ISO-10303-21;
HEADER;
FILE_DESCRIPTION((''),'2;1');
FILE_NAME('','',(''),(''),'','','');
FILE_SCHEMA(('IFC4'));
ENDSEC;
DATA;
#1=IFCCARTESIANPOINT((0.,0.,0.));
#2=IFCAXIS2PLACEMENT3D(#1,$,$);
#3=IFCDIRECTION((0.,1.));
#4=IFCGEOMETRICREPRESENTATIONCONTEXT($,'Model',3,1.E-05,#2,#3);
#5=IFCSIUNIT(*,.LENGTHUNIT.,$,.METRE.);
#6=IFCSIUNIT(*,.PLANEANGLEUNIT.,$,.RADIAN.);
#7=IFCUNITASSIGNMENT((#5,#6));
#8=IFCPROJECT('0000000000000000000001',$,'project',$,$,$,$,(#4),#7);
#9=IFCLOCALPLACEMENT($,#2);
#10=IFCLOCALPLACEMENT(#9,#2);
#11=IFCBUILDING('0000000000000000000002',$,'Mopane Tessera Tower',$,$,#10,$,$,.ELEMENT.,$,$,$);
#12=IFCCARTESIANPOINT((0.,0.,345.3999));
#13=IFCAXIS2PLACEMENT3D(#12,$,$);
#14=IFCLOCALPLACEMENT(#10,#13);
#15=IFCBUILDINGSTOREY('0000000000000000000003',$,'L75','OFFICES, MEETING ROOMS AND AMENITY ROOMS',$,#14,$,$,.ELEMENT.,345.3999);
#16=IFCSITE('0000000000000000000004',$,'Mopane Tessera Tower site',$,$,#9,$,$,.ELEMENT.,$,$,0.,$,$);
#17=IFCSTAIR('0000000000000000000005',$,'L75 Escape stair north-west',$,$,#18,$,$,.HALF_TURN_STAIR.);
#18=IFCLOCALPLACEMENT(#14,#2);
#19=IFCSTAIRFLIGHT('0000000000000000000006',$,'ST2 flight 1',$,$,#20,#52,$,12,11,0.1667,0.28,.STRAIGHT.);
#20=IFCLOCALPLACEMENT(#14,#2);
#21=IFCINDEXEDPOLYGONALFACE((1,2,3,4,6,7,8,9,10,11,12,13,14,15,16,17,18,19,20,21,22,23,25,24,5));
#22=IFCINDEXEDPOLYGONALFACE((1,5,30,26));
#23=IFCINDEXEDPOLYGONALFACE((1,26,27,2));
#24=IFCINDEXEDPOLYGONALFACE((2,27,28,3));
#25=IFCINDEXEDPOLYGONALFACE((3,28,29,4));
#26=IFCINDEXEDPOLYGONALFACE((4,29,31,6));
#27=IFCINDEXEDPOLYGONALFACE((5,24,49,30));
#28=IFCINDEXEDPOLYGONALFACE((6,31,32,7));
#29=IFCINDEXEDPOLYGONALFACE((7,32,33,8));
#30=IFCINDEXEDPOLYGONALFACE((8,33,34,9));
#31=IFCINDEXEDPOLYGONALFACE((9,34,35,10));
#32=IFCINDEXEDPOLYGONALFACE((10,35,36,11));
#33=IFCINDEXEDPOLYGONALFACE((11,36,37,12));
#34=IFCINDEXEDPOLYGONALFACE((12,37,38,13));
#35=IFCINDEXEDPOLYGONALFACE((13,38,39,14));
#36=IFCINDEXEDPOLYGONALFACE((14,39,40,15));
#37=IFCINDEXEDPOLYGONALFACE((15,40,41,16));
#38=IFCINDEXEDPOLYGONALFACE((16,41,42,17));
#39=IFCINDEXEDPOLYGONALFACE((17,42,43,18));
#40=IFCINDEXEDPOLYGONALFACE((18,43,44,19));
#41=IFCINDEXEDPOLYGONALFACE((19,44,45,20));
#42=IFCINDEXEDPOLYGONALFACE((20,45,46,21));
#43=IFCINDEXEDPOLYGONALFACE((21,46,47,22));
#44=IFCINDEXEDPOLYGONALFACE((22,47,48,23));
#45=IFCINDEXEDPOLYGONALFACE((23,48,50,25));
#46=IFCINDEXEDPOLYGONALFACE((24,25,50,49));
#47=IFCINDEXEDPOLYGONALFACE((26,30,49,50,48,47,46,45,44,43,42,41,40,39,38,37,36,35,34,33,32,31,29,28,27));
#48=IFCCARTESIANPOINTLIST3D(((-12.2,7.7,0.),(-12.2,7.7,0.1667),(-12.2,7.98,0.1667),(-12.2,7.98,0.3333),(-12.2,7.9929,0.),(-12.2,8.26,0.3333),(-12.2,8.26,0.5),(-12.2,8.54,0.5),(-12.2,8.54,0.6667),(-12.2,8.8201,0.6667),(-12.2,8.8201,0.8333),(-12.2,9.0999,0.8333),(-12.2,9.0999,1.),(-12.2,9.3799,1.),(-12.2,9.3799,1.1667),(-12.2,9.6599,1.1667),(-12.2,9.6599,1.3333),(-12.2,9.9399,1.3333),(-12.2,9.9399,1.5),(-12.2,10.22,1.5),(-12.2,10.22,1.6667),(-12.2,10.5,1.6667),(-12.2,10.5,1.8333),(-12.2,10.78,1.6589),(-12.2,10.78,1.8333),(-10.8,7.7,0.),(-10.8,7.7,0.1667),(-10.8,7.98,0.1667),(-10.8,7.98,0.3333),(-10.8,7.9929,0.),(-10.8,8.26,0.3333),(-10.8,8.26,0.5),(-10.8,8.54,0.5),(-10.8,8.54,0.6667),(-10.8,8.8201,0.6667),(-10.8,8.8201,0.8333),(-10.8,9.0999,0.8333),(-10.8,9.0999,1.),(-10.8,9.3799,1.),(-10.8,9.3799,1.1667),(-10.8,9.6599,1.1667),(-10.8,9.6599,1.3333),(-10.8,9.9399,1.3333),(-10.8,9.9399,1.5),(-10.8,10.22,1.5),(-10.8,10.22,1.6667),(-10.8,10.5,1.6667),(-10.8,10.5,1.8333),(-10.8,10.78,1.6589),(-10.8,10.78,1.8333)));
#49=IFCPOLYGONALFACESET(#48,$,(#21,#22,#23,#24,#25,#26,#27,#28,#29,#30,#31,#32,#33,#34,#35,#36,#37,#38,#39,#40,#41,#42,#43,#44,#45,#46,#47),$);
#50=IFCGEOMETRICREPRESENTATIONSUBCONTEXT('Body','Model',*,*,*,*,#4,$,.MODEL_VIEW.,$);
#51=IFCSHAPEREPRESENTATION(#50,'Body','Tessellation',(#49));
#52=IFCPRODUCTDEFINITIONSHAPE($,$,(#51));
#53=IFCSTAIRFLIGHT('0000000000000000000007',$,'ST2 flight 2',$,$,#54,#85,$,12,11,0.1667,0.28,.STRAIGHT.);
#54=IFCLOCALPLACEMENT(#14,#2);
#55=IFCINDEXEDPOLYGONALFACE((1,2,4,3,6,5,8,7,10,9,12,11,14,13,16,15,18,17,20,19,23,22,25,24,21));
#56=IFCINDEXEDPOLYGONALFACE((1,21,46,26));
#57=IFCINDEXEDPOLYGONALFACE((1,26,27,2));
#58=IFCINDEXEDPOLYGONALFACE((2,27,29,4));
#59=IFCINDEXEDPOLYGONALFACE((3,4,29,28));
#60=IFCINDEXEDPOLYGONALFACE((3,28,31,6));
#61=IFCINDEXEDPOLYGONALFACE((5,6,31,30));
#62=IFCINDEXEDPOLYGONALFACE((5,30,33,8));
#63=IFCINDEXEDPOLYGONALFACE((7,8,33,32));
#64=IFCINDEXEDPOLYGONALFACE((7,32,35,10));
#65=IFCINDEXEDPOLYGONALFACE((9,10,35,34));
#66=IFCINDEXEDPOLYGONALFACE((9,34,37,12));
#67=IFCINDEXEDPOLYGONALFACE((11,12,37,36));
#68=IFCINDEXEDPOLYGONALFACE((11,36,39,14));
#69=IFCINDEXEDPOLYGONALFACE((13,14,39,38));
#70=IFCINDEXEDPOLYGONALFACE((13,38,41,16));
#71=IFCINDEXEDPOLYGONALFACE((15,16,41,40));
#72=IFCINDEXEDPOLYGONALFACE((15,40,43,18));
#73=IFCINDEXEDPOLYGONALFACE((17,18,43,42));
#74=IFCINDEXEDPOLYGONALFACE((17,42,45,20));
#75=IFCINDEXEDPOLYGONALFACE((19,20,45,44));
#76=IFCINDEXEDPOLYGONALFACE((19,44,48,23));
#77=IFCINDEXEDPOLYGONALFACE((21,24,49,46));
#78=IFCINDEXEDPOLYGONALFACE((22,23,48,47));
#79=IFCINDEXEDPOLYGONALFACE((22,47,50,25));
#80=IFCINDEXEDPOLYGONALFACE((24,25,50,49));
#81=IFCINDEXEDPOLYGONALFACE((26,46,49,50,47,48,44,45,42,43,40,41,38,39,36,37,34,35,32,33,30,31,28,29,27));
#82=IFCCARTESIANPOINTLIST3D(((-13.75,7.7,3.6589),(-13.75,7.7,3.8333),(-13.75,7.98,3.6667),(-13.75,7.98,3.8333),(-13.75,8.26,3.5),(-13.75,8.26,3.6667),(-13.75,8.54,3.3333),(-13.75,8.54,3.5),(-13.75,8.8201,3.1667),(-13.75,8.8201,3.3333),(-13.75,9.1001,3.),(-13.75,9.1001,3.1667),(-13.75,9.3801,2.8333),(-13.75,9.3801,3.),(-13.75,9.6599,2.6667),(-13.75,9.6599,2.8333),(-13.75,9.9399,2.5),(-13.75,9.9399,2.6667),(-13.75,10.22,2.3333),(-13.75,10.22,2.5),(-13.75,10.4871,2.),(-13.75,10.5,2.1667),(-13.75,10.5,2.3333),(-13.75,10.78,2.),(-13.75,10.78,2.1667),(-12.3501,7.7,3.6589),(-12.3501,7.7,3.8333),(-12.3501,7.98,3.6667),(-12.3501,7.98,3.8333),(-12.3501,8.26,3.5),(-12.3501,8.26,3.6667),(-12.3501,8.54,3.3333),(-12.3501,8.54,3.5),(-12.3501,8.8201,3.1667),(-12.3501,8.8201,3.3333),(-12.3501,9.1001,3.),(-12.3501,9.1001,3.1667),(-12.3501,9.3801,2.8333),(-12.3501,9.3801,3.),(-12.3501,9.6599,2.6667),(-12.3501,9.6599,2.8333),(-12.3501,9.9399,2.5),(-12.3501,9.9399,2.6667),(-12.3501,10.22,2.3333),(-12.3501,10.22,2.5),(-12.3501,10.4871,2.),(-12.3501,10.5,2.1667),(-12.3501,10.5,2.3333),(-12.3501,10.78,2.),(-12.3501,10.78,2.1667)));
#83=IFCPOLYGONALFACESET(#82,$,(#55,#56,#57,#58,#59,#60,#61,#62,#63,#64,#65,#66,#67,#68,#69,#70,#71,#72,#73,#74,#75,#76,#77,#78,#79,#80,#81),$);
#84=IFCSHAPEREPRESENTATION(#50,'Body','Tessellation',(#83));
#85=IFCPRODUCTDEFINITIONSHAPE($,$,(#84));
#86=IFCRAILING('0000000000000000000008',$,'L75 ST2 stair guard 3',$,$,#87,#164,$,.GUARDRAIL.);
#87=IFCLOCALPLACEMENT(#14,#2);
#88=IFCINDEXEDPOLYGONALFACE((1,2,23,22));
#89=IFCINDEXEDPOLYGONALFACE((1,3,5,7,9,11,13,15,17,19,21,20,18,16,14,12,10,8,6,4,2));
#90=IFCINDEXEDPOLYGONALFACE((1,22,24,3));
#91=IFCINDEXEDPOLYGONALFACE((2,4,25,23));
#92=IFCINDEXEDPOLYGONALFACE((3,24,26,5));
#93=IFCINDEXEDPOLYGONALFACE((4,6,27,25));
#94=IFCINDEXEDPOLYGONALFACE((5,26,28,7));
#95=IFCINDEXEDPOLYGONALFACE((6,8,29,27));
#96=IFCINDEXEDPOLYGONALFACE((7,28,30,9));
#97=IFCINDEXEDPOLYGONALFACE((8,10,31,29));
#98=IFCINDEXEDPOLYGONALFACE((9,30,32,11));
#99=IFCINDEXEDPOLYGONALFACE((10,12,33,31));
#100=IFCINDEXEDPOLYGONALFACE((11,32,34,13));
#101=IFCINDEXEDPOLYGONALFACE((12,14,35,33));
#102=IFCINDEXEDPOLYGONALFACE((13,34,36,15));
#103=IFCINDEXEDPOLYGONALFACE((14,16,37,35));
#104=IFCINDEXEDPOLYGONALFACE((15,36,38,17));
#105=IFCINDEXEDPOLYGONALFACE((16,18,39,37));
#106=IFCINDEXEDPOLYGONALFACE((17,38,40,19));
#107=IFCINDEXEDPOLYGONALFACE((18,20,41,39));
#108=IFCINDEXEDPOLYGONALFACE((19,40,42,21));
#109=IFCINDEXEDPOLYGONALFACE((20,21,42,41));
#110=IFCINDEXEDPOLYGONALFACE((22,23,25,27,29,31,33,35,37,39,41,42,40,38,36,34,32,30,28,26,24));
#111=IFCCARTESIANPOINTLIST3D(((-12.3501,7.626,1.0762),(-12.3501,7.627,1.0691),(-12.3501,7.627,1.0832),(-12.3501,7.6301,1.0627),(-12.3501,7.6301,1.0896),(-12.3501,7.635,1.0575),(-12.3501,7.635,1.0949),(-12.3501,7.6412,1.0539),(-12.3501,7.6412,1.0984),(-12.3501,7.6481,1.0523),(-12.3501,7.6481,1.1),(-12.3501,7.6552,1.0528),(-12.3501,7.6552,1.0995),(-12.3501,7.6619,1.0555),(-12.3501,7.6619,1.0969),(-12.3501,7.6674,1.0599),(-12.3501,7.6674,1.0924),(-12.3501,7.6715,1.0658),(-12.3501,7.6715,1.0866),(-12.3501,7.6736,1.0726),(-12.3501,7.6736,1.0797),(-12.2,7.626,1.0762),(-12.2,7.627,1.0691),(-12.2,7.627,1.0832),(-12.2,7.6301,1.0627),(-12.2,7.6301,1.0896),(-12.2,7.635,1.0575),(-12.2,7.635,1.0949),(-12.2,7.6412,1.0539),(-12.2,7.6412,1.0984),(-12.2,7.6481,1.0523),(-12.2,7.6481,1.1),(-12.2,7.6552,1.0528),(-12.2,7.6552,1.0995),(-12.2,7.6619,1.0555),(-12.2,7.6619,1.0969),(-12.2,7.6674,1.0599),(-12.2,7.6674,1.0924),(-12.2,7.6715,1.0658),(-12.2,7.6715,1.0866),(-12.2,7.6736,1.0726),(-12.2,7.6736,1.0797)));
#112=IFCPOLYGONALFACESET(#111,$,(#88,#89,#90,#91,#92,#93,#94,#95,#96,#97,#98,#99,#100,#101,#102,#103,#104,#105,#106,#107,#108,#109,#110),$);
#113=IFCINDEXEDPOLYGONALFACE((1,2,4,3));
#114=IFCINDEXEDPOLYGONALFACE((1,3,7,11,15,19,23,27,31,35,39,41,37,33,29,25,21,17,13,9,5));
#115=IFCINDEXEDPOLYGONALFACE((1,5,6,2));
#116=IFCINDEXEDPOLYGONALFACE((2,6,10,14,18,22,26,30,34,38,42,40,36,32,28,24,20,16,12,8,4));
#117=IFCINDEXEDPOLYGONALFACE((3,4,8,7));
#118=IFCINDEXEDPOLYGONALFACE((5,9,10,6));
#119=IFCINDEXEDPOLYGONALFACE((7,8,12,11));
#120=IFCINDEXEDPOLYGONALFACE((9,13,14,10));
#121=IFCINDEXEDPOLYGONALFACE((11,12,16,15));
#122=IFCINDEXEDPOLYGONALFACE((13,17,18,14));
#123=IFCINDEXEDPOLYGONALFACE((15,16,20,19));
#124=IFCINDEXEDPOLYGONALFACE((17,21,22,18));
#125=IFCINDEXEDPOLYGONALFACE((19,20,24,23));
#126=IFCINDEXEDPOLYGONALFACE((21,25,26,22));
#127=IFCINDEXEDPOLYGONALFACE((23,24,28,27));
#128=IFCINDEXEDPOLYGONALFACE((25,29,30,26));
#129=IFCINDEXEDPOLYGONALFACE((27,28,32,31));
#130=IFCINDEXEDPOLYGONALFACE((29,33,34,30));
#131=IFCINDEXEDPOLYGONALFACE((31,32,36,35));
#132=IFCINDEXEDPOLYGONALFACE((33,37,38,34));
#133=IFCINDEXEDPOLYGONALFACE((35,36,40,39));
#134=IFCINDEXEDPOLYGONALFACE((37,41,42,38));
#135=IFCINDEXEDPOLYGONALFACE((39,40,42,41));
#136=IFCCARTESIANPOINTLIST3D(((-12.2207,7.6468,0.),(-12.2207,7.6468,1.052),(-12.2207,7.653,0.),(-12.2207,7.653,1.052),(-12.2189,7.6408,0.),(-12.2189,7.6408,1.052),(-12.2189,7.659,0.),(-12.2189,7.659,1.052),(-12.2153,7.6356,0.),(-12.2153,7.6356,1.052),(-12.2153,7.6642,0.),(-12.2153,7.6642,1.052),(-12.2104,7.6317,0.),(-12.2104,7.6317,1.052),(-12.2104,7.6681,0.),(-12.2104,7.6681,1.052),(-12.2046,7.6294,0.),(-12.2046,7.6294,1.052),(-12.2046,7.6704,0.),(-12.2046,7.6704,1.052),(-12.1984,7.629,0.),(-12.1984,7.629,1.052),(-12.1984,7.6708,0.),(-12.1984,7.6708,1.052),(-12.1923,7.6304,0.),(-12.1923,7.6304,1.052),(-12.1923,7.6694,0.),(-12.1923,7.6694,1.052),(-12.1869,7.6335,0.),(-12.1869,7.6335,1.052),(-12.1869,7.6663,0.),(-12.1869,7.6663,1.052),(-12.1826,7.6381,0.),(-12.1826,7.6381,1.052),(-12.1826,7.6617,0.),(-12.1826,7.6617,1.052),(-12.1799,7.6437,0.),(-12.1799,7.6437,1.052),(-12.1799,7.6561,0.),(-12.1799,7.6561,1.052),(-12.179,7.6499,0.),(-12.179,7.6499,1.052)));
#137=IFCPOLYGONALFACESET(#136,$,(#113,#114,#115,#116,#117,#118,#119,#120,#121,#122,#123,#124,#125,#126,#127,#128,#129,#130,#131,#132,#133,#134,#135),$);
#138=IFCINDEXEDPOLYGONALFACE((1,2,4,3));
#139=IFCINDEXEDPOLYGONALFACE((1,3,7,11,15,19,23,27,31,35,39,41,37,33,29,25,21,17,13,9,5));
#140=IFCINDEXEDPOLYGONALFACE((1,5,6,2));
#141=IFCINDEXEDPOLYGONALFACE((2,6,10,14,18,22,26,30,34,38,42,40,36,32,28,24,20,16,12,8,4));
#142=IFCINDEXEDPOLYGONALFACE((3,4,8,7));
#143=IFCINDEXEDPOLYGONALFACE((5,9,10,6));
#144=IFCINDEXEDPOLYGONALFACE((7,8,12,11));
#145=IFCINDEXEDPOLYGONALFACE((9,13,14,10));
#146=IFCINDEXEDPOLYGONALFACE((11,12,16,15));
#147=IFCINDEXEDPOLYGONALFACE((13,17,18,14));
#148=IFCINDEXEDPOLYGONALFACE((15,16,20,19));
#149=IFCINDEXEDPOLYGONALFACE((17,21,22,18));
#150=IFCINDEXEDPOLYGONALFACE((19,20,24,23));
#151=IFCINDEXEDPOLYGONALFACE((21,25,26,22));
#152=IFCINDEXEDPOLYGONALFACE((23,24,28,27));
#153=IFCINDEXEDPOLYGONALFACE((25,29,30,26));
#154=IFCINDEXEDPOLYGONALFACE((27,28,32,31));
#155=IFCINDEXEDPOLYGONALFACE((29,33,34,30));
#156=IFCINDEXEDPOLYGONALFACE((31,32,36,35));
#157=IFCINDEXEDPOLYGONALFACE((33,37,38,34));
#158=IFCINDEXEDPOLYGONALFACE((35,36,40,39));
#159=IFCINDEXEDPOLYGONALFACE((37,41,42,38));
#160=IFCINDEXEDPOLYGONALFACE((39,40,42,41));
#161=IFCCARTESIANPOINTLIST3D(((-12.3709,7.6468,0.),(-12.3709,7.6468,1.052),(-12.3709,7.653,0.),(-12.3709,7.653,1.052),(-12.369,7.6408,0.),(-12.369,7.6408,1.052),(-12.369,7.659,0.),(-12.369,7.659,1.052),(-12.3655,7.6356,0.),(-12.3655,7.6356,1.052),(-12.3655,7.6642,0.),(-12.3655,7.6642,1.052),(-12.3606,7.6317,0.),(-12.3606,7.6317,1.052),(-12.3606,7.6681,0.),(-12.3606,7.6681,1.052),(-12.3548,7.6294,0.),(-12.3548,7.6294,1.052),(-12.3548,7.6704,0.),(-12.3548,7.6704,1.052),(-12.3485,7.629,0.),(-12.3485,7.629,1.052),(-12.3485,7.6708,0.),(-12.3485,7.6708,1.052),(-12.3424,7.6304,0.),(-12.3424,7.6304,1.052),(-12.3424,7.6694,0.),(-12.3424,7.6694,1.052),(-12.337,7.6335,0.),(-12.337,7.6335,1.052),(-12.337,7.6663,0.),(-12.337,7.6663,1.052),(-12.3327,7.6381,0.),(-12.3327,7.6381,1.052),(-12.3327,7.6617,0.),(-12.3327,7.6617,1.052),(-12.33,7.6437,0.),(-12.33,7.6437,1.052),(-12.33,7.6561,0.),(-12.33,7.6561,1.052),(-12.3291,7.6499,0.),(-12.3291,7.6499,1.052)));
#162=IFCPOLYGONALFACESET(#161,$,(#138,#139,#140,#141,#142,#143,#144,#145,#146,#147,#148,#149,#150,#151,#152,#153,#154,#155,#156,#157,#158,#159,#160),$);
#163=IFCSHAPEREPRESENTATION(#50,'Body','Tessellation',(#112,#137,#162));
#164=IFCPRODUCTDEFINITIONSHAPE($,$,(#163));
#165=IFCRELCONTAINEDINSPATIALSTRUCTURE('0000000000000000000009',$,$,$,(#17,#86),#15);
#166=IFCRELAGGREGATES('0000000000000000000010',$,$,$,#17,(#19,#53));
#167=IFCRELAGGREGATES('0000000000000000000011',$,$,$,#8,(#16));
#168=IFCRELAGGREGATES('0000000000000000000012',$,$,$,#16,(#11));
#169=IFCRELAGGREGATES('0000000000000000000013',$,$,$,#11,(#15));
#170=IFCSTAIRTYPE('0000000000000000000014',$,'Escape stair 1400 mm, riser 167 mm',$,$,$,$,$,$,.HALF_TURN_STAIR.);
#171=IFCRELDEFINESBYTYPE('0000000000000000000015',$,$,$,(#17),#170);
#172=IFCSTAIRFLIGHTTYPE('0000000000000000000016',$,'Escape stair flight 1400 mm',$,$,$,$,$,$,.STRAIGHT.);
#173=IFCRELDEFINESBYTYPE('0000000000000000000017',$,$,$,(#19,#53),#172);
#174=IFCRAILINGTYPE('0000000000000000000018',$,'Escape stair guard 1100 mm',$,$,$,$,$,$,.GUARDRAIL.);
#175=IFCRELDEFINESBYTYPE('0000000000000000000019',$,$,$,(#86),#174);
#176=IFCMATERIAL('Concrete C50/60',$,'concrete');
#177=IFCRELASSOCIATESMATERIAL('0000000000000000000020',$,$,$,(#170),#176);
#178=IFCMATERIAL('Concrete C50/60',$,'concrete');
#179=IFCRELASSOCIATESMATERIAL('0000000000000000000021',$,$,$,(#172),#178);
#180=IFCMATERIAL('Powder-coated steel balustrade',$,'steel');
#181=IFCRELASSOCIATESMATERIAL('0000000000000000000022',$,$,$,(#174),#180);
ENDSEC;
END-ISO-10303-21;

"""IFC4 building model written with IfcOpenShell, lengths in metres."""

from ifc_helpers import new_model, si_unit, direction, frame, origin, origin_2d, place, context, subcontext, project, spatial, polyline, circle, outline, extrude, material, type_object, element, aggregate, save


model = new_model("IFC4")

# Units and contexts
model_context = context("Model", 3, precision=1e-05, world=origin(), true_north=direction((0.0, 1.0)))
body_context = subcontext(model_context, "Body", "Model", "MODEL_VIEW")
ifc_project = project(units=[si_unit("LENGTHUNIT", "METRE"), si_unit("PLANEANGLEUNIT", "RADIAN")], contexts=[model_context])

# Site, building, storey
site_placement = place(None, origin())
site = spatial("IfcSite", under=ifc_project, at=site_placement, Name="Mopane Tessera Tower site", CompositionType="ELEMENT", RefElevation=0.0)
building_placement = place(site_placement, origin())
building = spatial("IfcBuilding", under=site, at=building_placement, Name="Mopane Tessera Tower", CompositionType="ELEMENT")
storey_placement = place(building_placement, frame((0.0, 0.0, 345.3999)))
storey = spatial("IfcBuildingStorey", under=building, at=storey_placement, Name="L75", Description="OFFICES, MEETING ROOMS AND AMENITY ROOMS", CompositionType="ELEMENT", Elevation=345.3999)

# Stair, stair flights
ifc_material_1 = material(Name="Concrete C50/60", Category="concrete")
stair_type = type_object("IfcStairType", Name="Escape stair 1400 mm, riser 167 mm", PredefinedType="HALF_TURN_STAIR", material=ifc_material_1)
stair_placement = place(storey_placement, origin())
stair = element("IfcStair", 1, at=stair_placement, inside=storey, type_object=stair_type, Name="L75 Escape stair north-west", PredefinedType="HALF_TURN_STAIR")
ifc_material_2 = material(Name="Concrete C50/60", Category="concrete")
stair_flight_type = type_object("IfcStairFlightType", Name="Escape stair flight 1400 mm", PredefinedType="STRAIGHT", material=ifc_material_2)
stair_flight_1_placement = place(storey_placement, frame((-11.5, 7.7, 0.0), z_axis=(0.0, 0.0, 1.0), x_axis=(0.0, 1.0, 0.0)))
stair_flight_1 = element("IfcStairFlight", 2, at=stair_flight_1_placement, type_object=stair_flight_type, Name="ST2 flight 1", NumberOfRisers=12, NumberOfTreads=11, PredefinedType="STRAIGHT", RiserHeight=0.1667, TreadLength=0.28, context=body_context, shape_type="SweptSolid", body=[
    extrude(outline(polyline([(0.0, 0.0), (0.0, 0.1667), (0.28, 0.1667), (0.28, 0.3333), (0.5601, 0.3333), (0.5601, 0.5), (0.8401, 0.5), (0.8401, 0.6667), (1.1201, 0.6667), (1.1201, 0.8333), (1.3999, 0.8333), (1.3999, 1.0), (1.6799, 1.0), (1.6799, 1.1667), (1.96, 1.1667), (1.96, 1.3333), (2.24, 1.3333), (2.24, 1.5), (2.52, 1.5), (2.52, 1.6667), (2.8, 1.6667), (2.8, 1.8333), (3.0801, 1.8333), (3.0801, 2.0), (3.0801, 1.6589), (0.293, 0.0), (0.0, 0.0)])), frame((0.0, 0.7, 0.0), z_axis=(0.0, -1.0, 0.0), x_axis=(1.0, 0.0, 0.0)), (0.0, 0.0, 1.0), 1.3999),
])
stair_flight_2_placement = place(storey_placement, frame((-13.05, 10.78, 2.0), z_axis=(0.0, 0.0, 1.0), x_axis=(0.0, -1.0, 0.0)))
stair_flight_2 = element("IfcStairFlight", 3, at=stair_flight_2_placement, type_object=stair_flight_type, Name="ST2 flight 2", NumberOfRisers=12, NumberOfTreads=11, PredefinedType="STRAIGHT", RiserHeight=0.1667, TreadLength=0.28, context=body_context, shape_type="SweptSolid", body=[
    extrude(outline(polyline([(0.0, 0.0), (0.0, 0.1667), (0.28, 0.1667), (0.28, 0.3333), (0.5601, 0.3333), (0.5601, 0.5), (0.8401, 0.5), (0.8401, 0.6667), (1.1201, 0.6667), (1.1201, 0.8333), (1.3999, 0.8333), (1.3999, 1.0), (1.6799, 1.0), (1.6799, 1.1667), (1.96, 1.1667), (1.96, 1.3333), (2.24, 1.3333), (2.24, 1.5), (2.52, 1.5), (2.52, 1.6667), (2.8, 1.6667), (2.8, 1.8333), (3.0801, 1.8333), (3.0801, 2.0), (3.0801, 1.6589), (0.293, 0.0), (0.0, 0.0)])), frame((0.0, 0.7, 0.0), z_axis=(0.0, -1.0, 0.0), x_axis=(1.0, 0.0, 0.0)), (0.0, 0.0, 1.0), 1.3999),
])
aggregate(stair, [stair_flight_1, stair_flight_2])

# Railing
ifc_material_3 = material(Name="Powder-coated steel balustrade", Category="steel")
railing_type_1 = type_object("IfcRailingType", Name="Escape stair guard 1100 mm", PredefinedType="GUARDRAIL", material=ifc_material_3)
railing_1_placement = place(storey_placement, frame((-12.2, 7.6499, 0.0)))
element("IfcRailing", 4, at=railing_1_placement, inside=storey, type_object=railing_type_1, Name="L75 ST2 stair guard 3", PredefinedType="GUARDRAIL", context=body_context, shape_type="SweptSolid", body=[
    extrude(circle(Radius=0.0239, at=origin_2d()), frame((0.0, 0.0, 1.0762), z_axis=(-1.0, 0.0, 0.0), x_axis=(0.0, -1.0, 0.0)), (0.0, 0.0, 1.0), 0.1501),
    extrude(circle(Radius=0.021, at=origin_2d()), origin(), (0.0, 0.0, 1.0), 1.052),
    extrude(circle(Radius=0.021, at=origin_2d()), frame((-0.1501, 0.0, 0.0)), (0.0, 0.0, 1.0), 1.052),
])

save(model, "model.ifc")
